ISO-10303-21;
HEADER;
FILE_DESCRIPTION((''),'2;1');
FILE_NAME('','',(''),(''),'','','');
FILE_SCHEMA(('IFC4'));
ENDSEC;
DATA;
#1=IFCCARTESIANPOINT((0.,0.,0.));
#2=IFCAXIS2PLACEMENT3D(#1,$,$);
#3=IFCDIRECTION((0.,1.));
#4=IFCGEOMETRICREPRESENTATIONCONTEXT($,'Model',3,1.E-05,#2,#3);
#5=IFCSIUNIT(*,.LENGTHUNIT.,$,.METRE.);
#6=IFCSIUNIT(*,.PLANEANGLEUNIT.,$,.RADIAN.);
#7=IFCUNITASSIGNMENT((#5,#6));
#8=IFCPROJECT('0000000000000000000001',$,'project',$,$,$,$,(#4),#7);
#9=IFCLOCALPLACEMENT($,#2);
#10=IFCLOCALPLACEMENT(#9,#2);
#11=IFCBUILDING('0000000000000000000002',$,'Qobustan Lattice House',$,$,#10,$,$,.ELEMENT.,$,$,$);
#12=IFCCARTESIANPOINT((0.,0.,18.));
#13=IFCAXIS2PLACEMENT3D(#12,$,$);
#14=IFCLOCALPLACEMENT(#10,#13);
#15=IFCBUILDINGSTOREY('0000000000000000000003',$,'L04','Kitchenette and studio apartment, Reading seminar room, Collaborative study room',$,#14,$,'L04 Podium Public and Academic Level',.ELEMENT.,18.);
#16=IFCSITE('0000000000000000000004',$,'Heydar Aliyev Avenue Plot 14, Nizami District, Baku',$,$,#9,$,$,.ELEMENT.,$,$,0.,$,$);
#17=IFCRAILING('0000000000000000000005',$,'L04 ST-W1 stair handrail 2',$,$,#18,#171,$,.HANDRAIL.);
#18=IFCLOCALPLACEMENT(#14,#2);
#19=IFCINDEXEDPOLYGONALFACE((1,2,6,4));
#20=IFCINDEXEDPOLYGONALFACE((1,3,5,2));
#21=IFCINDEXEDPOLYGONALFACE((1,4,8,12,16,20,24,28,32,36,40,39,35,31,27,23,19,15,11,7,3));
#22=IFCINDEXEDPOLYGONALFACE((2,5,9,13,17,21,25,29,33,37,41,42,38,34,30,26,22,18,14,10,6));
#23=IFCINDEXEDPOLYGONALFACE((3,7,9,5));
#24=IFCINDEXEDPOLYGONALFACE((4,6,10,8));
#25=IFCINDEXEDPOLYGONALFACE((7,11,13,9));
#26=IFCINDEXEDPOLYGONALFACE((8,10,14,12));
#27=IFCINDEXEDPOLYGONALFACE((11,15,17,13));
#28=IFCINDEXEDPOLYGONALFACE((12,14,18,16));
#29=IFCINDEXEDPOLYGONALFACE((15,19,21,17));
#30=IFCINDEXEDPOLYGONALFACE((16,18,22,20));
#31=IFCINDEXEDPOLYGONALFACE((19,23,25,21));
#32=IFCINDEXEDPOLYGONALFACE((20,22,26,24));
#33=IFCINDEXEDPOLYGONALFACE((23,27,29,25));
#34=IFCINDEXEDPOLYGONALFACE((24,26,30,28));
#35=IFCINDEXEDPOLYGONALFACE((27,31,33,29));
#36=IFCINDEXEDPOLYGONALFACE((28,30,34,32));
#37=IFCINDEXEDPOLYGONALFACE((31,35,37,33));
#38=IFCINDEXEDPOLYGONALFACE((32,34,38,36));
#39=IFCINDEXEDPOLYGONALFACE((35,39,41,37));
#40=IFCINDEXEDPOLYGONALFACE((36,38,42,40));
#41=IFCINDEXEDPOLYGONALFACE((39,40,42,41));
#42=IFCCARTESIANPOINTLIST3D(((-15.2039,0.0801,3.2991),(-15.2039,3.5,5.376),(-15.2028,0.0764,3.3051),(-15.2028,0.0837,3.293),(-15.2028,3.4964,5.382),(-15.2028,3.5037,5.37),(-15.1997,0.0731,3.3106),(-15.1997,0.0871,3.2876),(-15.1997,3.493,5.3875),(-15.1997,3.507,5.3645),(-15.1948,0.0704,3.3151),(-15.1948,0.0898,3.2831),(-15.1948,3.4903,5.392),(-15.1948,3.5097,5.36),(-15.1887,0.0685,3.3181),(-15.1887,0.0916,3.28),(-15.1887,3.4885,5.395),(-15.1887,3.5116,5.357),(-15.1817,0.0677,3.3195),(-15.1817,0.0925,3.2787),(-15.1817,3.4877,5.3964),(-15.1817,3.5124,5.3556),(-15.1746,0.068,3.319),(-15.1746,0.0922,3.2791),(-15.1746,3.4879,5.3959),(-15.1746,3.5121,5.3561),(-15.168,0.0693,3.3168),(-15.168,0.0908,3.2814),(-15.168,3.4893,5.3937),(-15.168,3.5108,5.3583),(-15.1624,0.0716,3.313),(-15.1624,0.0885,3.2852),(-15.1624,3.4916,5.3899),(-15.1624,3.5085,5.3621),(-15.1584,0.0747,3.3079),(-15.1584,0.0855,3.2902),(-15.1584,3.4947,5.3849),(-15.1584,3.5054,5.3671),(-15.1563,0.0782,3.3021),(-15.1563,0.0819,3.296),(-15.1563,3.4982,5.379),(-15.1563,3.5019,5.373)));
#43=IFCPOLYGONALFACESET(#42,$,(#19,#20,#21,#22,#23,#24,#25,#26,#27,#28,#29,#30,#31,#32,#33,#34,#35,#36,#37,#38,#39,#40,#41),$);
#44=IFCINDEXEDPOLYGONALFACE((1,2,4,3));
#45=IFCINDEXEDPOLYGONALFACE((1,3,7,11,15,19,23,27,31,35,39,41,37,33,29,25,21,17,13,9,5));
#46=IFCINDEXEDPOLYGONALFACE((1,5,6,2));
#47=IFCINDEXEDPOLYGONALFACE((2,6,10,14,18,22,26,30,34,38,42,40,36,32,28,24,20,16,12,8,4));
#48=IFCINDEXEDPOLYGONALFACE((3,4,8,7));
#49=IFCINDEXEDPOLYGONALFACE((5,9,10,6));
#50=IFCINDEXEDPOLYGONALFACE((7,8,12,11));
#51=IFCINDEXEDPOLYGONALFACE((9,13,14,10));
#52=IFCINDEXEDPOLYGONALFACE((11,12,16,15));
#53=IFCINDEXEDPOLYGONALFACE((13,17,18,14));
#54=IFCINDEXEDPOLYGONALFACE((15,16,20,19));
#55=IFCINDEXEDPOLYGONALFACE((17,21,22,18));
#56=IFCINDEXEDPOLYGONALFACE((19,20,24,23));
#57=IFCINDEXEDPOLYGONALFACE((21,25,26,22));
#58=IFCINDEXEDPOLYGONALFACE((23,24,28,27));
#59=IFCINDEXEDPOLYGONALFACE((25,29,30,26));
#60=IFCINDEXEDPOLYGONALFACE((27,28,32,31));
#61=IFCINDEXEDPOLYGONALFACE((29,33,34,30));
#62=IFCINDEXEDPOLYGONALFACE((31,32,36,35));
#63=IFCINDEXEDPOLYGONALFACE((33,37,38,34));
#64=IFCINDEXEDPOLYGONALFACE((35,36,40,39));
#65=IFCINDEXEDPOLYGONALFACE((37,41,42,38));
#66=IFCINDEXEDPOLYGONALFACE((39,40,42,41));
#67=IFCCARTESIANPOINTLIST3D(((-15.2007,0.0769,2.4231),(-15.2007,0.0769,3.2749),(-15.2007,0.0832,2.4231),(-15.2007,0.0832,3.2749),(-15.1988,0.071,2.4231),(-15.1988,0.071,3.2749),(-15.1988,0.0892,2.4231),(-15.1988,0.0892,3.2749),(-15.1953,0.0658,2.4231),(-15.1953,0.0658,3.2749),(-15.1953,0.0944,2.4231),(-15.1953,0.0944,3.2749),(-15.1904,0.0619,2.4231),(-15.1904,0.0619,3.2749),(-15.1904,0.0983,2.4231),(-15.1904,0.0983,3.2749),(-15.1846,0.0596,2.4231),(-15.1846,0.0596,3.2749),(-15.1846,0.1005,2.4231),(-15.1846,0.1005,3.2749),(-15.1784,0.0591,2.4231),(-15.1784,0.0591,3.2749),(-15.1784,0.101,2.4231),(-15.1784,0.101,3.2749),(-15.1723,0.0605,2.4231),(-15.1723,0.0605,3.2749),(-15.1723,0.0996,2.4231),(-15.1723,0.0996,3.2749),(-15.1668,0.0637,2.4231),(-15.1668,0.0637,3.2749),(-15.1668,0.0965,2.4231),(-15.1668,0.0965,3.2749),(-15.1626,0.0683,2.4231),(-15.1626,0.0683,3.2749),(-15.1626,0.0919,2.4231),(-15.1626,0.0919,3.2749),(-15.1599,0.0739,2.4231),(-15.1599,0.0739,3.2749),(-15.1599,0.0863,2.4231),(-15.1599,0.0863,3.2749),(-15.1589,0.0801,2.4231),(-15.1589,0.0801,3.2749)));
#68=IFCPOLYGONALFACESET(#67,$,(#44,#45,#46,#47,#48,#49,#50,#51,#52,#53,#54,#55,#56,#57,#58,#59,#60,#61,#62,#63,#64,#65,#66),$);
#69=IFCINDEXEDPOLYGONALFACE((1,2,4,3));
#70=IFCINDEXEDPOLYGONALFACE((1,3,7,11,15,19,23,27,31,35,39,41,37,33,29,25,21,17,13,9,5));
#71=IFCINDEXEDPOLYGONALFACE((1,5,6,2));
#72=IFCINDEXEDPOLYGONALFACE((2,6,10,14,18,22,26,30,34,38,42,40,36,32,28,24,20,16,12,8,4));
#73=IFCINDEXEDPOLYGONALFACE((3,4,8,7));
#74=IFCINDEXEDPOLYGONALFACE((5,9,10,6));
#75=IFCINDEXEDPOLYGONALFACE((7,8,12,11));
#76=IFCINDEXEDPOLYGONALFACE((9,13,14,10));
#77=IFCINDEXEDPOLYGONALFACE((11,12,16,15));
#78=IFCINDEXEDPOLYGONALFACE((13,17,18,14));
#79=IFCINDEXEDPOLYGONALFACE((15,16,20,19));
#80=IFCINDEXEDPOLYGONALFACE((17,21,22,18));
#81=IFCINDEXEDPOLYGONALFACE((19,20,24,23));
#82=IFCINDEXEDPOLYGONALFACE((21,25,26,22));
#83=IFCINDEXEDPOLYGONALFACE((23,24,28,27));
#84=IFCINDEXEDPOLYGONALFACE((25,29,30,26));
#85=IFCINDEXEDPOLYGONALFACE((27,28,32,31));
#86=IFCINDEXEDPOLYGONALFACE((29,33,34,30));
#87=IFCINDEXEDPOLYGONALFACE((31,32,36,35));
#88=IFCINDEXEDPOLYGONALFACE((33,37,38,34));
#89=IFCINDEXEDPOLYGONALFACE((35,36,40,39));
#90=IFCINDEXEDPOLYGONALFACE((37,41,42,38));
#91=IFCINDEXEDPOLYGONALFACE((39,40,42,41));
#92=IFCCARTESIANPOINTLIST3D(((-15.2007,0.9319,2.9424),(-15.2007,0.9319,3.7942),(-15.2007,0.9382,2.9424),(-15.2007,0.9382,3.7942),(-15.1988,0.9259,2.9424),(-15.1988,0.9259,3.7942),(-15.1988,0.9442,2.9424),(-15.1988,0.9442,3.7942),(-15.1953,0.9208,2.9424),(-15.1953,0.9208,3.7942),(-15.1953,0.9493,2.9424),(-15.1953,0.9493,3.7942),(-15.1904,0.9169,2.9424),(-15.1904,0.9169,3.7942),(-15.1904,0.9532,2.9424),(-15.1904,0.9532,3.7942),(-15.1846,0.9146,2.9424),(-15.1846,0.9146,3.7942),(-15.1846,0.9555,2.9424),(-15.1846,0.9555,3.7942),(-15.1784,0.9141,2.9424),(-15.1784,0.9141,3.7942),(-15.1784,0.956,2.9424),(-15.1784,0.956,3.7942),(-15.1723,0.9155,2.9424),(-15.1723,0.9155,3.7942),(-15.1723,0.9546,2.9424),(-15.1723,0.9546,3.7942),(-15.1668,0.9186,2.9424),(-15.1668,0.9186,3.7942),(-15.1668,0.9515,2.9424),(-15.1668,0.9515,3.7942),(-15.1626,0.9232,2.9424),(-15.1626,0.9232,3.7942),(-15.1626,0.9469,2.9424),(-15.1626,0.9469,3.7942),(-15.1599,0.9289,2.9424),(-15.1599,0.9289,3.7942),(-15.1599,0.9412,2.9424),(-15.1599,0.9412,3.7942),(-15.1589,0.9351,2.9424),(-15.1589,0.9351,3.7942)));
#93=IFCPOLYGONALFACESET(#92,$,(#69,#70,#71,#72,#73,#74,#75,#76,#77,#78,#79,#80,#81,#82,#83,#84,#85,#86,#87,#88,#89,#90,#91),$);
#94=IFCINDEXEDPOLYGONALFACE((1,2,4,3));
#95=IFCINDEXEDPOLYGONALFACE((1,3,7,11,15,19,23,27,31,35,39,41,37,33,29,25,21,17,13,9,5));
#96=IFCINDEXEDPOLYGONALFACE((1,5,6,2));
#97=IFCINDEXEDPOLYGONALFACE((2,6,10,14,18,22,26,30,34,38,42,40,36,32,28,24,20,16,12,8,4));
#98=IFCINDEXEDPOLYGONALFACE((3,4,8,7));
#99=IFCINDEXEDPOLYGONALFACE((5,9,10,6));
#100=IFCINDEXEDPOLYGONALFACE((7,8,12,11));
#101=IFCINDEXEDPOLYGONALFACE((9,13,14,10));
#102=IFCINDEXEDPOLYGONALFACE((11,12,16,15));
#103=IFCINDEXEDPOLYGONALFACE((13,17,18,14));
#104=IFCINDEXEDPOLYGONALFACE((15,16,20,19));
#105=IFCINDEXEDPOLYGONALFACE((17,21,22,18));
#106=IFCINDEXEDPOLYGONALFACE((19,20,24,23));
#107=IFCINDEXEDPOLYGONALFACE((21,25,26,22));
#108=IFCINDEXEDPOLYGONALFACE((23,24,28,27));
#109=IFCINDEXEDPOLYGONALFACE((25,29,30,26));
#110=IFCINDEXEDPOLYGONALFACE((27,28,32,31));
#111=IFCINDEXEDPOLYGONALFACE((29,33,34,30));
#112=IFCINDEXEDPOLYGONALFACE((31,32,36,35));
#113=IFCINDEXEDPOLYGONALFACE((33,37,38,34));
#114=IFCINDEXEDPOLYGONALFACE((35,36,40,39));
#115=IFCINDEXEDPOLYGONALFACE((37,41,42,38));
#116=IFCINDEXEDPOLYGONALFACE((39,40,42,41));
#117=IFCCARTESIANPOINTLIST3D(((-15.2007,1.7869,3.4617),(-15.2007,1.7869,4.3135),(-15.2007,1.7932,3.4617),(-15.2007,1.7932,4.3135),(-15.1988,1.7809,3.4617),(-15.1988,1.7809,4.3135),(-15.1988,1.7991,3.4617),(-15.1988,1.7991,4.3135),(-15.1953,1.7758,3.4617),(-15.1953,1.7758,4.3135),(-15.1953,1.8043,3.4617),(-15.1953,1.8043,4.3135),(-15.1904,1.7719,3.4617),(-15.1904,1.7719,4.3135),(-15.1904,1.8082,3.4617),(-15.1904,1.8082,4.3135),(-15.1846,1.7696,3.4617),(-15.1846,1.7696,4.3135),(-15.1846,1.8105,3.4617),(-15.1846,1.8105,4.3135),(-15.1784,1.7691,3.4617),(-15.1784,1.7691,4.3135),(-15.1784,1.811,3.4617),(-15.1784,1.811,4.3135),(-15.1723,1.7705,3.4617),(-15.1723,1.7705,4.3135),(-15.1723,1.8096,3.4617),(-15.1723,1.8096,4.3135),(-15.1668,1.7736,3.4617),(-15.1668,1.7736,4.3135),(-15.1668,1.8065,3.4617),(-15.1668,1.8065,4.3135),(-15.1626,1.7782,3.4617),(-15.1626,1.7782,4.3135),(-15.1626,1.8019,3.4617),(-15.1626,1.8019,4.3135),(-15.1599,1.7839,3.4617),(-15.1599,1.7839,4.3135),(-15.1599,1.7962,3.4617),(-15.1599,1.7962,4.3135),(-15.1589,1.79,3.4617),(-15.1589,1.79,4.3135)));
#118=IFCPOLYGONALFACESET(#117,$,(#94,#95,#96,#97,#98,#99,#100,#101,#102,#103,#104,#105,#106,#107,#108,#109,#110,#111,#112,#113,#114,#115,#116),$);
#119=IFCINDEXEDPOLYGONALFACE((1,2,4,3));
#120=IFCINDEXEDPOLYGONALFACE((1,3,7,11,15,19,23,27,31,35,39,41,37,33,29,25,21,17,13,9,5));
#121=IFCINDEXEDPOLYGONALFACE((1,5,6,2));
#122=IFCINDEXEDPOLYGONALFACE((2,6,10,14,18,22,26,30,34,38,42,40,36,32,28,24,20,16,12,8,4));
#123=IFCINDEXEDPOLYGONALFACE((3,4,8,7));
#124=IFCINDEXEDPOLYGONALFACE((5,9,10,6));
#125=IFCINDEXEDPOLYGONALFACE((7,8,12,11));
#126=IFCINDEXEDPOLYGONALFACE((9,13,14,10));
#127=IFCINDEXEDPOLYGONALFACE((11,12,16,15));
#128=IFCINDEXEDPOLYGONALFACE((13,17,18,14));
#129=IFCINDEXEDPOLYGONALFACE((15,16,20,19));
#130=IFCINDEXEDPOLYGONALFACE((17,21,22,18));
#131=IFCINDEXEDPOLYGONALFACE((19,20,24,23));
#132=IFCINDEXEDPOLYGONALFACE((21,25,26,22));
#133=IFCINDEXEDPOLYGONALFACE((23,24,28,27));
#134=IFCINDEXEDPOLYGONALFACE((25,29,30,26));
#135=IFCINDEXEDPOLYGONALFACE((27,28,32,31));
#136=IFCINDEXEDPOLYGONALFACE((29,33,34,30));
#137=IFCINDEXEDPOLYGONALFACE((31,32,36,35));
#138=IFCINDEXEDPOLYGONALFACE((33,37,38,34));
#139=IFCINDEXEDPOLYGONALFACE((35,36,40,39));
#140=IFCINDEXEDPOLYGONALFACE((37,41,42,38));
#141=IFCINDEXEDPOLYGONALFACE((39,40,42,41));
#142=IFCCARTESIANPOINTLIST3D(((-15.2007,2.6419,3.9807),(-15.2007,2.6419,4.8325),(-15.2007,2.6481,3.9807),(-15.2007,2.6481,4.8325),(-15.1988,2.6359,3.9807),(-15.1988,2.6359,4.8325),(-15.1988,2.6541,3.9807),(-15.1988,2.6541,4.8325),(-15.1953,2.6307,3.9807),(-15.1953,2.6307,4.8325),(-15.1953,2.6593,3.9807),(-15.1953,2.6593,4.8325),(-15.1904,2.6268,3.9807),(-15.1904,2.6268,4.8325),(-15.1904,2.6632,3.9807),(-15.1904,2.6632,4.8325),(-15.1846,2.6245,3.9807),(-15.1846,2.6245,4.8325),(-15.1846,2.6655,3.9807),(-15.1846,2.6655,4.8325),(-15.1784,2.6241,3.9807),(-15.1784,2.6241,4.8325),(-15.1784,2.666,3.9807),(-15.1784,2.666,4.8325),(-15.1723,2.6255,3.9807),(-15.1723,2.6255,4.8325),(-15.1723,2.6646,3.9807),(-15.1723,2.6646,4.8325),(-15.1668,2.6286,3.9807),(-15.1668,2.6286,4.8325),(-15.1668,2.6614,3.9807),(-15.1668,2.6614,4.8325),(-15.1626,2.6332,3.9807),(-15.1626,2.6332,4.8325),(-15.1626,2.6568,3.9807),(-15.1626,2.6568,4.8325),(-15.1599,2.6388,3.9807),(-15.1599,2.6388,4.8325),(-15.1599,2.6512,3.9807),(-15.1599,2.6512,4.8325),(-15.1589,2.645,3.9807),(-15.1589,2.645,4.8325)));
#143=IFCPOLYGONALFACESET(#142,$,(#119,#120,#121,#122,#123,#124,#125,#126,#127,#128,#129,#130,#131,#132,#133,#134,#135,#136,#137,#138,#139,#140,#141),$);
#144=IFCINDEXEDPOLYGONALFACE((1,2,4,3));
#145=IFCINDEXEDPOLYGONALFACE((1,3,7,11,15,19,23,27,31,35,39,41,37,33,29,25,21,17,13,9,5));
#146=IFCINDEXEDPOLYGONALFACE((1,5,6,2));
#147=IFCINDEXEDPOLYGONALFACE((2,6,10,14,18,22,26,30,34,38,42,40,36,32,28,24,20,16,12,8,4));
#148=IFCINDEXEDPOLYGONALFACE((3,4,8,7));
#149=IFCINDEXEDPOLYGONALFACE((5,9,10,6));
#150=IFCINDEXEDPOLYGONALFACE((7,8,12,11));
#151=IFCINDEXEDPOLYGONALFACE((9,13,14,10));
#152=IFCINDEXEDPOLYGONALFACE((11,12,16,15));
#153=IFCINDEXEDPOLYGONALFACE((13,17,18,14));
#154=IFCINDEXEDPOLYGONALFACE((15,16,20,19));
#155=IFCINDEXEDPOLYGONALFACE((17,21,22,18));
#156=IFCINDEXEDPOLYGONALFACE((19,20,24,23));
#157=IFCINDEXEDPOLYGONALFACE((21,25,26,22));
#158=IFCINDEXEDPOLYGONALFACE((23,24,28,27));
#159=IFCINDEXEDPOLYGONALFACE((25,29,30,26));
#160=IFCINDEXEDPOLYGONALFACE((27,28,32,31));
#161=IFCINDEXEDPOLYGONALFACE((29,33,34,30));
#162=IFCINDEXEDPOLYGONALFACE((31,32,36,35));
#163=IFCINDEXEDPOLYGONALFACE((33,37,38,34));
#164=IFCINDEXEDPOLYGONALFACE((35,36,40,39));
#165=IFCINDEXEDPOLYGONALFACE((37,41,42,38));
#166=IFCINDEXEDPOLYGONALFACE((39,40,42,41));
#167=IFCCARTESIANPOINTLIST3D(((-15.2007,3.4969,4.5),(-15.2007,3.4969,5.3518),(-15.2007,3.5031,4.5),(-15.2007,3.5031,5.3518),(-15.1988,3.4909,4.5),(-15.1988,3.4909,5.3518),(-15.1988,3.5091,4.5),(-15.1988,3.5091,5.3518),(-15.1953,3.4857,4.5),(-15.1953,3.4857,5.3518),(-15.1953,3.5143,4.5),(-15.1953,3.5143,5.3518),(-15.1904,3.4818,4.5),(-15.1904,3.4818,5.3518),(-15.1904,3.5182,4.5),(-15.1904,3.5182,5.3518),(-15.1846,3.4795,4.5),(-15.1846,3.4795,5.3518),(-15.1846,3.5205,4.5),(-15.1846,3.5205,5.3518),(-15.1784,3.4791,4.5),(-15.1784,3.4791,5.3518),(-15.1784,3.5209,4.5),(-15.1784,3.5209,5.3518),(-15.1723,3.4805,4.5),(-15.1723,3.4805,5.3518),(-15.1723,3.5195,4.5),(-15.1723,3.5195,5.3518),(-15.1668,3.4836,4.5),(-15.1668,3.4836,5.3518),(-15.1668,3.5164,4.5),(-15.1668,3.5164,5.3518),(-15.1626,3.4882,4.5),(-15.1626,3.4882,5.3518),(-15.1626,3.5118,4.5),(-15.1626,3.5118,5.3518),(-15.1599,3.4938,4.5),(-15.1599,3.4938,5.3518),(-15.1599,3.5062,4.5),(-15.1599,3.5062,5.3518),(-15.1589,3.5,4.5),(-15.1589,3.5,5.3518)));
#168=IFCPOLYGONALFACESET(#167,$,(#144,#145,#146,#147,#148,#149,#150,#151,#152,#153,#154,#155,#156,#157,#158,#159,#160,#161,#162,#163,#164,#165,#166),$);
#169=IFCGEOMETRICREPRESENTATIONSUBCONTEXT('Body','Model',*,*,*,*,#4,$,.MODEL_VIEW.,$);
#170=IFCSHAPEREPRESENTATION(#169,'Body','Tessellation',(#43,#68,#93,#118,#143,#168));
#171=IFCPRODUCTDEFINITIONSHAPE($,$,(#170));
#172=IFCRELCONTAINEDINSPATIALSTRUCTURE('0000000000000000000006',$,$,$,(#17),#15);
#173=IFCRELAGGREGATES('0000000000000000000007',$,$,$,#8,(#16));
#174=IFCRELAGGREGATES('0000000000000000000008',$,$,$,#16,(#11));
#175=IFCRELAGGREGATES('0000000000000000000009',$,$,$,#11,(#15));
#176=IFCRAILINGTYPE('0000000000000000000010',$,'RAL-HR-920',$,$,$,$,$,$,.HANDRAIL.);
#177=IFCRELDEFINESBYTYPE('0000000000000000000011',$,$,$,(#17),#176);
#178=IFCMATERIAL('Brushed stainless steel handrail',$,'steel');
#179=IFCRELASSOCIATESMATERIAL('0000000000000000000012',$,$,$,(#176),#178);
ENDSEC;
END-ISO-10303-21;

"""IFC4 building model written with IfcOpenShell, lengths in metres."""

from ifc_helpers import new_model, si_unit, direction, frame, origin, origin_2d, place, context, subcontext, project, spatial, circle, extrude, material, type_object, element, save


model = new_model("IFC4")

# Units and contexts
model_context = context("Model", 3, precision=1e-05, world=origin(), true_north=direction((0.0, 1.0)))
body_context = subcontext(model_context, "Body", "Model", "MODEL_VIEW")
ifc_project = project(units=[si_unit("LENGTHUNIT", "METRE"), si_unit("PLANEANGLEUNIT", "RADIAN")], contexts=[model_context])

# Site, building, storey
site_placement = place(None, origin())
site = spatial("IfcSite", under=ifc_project, at=site_placement, Name="Heydar Aliyev Avenue Plot 14, Nizami District, Baku", CompositionType="ELEMENT", RefElevation=0.0)
building_placement = place(site_placement, origin())
building = spatial("IfcBuilding", under=site, at=building_placement, Name="Qobustan Lattice House", CompositionType="ELEMENT")
storey_placement = place(building_placement, frame((0.0, 0.0, 18.0)))
storey = spatial("IfcBuildingStorey", under=building, at=storey_placement, Name="L04", Description="Kitchenette and studio apartment, Reading seminar room, Collaborative study room", LongName="L04 Podium Public and Academic Level", CompositionType="ELEMENT", Elevation=18.0)

# Railing
ifc_material_1 = material(Name="Brushed stainless steel handrail", Category="steel")
railing_type_1 = type_object("IfcRailingType", Name="RAL-HR-920", PredefinedType="HANDRAIL", material=ifc_material_1)
railing_1_placement = place(storey_placement, frame((-15.1799, 0.0801, 2.4231)))
element("IfcRailing", 1, at=railing_1_placement, inside=storey, type_object=railing_type_1, Name="L04 ST-W1 stair handrail 2", PredefinedType="HANDRAIL", context=body_context, shape_type="SweptSolid", body=[
    extrude(circle(Radius=0.0239, at=origin_2d()), frame((0.0, 0.0, 0.876), z_axis=(0.0, 0.85473, 0.519074), x_axis=(-1.0, 0.0, 0.0)), (0.0, 0.0, 1.0), 4.0012),
    extrude(circle(Radius=0.021, at=origin_2d()), origin(), (0.0, 0.0, 1.0), 0.8518),
    extrude(circle(Radius=0.021, at=origin_2d()), frame((0.0, 0.855, 0.5193)), (0.0, 0.0, 1.0), 0.8518),
    extrude(circle(Radius=0.021, at=origin_2d()), frame((0.0, 1.71, 1.0386)), (0.0, 0.0, 1.0), 0.8518),
    extrude(circle(Radius=0.021, at=origin_2d()), frame((0.0, 2.5649, 1.5576)), (0.0, 0.0, 1.0), 0.8518),
    extrude(circle(Radius=0.021, at=origin_2d()), frame((0.0, 3.4199, 2.0769)), (0.0, 0.0, 1.0), 0.8518),
])

save(model, "model.ifc")
